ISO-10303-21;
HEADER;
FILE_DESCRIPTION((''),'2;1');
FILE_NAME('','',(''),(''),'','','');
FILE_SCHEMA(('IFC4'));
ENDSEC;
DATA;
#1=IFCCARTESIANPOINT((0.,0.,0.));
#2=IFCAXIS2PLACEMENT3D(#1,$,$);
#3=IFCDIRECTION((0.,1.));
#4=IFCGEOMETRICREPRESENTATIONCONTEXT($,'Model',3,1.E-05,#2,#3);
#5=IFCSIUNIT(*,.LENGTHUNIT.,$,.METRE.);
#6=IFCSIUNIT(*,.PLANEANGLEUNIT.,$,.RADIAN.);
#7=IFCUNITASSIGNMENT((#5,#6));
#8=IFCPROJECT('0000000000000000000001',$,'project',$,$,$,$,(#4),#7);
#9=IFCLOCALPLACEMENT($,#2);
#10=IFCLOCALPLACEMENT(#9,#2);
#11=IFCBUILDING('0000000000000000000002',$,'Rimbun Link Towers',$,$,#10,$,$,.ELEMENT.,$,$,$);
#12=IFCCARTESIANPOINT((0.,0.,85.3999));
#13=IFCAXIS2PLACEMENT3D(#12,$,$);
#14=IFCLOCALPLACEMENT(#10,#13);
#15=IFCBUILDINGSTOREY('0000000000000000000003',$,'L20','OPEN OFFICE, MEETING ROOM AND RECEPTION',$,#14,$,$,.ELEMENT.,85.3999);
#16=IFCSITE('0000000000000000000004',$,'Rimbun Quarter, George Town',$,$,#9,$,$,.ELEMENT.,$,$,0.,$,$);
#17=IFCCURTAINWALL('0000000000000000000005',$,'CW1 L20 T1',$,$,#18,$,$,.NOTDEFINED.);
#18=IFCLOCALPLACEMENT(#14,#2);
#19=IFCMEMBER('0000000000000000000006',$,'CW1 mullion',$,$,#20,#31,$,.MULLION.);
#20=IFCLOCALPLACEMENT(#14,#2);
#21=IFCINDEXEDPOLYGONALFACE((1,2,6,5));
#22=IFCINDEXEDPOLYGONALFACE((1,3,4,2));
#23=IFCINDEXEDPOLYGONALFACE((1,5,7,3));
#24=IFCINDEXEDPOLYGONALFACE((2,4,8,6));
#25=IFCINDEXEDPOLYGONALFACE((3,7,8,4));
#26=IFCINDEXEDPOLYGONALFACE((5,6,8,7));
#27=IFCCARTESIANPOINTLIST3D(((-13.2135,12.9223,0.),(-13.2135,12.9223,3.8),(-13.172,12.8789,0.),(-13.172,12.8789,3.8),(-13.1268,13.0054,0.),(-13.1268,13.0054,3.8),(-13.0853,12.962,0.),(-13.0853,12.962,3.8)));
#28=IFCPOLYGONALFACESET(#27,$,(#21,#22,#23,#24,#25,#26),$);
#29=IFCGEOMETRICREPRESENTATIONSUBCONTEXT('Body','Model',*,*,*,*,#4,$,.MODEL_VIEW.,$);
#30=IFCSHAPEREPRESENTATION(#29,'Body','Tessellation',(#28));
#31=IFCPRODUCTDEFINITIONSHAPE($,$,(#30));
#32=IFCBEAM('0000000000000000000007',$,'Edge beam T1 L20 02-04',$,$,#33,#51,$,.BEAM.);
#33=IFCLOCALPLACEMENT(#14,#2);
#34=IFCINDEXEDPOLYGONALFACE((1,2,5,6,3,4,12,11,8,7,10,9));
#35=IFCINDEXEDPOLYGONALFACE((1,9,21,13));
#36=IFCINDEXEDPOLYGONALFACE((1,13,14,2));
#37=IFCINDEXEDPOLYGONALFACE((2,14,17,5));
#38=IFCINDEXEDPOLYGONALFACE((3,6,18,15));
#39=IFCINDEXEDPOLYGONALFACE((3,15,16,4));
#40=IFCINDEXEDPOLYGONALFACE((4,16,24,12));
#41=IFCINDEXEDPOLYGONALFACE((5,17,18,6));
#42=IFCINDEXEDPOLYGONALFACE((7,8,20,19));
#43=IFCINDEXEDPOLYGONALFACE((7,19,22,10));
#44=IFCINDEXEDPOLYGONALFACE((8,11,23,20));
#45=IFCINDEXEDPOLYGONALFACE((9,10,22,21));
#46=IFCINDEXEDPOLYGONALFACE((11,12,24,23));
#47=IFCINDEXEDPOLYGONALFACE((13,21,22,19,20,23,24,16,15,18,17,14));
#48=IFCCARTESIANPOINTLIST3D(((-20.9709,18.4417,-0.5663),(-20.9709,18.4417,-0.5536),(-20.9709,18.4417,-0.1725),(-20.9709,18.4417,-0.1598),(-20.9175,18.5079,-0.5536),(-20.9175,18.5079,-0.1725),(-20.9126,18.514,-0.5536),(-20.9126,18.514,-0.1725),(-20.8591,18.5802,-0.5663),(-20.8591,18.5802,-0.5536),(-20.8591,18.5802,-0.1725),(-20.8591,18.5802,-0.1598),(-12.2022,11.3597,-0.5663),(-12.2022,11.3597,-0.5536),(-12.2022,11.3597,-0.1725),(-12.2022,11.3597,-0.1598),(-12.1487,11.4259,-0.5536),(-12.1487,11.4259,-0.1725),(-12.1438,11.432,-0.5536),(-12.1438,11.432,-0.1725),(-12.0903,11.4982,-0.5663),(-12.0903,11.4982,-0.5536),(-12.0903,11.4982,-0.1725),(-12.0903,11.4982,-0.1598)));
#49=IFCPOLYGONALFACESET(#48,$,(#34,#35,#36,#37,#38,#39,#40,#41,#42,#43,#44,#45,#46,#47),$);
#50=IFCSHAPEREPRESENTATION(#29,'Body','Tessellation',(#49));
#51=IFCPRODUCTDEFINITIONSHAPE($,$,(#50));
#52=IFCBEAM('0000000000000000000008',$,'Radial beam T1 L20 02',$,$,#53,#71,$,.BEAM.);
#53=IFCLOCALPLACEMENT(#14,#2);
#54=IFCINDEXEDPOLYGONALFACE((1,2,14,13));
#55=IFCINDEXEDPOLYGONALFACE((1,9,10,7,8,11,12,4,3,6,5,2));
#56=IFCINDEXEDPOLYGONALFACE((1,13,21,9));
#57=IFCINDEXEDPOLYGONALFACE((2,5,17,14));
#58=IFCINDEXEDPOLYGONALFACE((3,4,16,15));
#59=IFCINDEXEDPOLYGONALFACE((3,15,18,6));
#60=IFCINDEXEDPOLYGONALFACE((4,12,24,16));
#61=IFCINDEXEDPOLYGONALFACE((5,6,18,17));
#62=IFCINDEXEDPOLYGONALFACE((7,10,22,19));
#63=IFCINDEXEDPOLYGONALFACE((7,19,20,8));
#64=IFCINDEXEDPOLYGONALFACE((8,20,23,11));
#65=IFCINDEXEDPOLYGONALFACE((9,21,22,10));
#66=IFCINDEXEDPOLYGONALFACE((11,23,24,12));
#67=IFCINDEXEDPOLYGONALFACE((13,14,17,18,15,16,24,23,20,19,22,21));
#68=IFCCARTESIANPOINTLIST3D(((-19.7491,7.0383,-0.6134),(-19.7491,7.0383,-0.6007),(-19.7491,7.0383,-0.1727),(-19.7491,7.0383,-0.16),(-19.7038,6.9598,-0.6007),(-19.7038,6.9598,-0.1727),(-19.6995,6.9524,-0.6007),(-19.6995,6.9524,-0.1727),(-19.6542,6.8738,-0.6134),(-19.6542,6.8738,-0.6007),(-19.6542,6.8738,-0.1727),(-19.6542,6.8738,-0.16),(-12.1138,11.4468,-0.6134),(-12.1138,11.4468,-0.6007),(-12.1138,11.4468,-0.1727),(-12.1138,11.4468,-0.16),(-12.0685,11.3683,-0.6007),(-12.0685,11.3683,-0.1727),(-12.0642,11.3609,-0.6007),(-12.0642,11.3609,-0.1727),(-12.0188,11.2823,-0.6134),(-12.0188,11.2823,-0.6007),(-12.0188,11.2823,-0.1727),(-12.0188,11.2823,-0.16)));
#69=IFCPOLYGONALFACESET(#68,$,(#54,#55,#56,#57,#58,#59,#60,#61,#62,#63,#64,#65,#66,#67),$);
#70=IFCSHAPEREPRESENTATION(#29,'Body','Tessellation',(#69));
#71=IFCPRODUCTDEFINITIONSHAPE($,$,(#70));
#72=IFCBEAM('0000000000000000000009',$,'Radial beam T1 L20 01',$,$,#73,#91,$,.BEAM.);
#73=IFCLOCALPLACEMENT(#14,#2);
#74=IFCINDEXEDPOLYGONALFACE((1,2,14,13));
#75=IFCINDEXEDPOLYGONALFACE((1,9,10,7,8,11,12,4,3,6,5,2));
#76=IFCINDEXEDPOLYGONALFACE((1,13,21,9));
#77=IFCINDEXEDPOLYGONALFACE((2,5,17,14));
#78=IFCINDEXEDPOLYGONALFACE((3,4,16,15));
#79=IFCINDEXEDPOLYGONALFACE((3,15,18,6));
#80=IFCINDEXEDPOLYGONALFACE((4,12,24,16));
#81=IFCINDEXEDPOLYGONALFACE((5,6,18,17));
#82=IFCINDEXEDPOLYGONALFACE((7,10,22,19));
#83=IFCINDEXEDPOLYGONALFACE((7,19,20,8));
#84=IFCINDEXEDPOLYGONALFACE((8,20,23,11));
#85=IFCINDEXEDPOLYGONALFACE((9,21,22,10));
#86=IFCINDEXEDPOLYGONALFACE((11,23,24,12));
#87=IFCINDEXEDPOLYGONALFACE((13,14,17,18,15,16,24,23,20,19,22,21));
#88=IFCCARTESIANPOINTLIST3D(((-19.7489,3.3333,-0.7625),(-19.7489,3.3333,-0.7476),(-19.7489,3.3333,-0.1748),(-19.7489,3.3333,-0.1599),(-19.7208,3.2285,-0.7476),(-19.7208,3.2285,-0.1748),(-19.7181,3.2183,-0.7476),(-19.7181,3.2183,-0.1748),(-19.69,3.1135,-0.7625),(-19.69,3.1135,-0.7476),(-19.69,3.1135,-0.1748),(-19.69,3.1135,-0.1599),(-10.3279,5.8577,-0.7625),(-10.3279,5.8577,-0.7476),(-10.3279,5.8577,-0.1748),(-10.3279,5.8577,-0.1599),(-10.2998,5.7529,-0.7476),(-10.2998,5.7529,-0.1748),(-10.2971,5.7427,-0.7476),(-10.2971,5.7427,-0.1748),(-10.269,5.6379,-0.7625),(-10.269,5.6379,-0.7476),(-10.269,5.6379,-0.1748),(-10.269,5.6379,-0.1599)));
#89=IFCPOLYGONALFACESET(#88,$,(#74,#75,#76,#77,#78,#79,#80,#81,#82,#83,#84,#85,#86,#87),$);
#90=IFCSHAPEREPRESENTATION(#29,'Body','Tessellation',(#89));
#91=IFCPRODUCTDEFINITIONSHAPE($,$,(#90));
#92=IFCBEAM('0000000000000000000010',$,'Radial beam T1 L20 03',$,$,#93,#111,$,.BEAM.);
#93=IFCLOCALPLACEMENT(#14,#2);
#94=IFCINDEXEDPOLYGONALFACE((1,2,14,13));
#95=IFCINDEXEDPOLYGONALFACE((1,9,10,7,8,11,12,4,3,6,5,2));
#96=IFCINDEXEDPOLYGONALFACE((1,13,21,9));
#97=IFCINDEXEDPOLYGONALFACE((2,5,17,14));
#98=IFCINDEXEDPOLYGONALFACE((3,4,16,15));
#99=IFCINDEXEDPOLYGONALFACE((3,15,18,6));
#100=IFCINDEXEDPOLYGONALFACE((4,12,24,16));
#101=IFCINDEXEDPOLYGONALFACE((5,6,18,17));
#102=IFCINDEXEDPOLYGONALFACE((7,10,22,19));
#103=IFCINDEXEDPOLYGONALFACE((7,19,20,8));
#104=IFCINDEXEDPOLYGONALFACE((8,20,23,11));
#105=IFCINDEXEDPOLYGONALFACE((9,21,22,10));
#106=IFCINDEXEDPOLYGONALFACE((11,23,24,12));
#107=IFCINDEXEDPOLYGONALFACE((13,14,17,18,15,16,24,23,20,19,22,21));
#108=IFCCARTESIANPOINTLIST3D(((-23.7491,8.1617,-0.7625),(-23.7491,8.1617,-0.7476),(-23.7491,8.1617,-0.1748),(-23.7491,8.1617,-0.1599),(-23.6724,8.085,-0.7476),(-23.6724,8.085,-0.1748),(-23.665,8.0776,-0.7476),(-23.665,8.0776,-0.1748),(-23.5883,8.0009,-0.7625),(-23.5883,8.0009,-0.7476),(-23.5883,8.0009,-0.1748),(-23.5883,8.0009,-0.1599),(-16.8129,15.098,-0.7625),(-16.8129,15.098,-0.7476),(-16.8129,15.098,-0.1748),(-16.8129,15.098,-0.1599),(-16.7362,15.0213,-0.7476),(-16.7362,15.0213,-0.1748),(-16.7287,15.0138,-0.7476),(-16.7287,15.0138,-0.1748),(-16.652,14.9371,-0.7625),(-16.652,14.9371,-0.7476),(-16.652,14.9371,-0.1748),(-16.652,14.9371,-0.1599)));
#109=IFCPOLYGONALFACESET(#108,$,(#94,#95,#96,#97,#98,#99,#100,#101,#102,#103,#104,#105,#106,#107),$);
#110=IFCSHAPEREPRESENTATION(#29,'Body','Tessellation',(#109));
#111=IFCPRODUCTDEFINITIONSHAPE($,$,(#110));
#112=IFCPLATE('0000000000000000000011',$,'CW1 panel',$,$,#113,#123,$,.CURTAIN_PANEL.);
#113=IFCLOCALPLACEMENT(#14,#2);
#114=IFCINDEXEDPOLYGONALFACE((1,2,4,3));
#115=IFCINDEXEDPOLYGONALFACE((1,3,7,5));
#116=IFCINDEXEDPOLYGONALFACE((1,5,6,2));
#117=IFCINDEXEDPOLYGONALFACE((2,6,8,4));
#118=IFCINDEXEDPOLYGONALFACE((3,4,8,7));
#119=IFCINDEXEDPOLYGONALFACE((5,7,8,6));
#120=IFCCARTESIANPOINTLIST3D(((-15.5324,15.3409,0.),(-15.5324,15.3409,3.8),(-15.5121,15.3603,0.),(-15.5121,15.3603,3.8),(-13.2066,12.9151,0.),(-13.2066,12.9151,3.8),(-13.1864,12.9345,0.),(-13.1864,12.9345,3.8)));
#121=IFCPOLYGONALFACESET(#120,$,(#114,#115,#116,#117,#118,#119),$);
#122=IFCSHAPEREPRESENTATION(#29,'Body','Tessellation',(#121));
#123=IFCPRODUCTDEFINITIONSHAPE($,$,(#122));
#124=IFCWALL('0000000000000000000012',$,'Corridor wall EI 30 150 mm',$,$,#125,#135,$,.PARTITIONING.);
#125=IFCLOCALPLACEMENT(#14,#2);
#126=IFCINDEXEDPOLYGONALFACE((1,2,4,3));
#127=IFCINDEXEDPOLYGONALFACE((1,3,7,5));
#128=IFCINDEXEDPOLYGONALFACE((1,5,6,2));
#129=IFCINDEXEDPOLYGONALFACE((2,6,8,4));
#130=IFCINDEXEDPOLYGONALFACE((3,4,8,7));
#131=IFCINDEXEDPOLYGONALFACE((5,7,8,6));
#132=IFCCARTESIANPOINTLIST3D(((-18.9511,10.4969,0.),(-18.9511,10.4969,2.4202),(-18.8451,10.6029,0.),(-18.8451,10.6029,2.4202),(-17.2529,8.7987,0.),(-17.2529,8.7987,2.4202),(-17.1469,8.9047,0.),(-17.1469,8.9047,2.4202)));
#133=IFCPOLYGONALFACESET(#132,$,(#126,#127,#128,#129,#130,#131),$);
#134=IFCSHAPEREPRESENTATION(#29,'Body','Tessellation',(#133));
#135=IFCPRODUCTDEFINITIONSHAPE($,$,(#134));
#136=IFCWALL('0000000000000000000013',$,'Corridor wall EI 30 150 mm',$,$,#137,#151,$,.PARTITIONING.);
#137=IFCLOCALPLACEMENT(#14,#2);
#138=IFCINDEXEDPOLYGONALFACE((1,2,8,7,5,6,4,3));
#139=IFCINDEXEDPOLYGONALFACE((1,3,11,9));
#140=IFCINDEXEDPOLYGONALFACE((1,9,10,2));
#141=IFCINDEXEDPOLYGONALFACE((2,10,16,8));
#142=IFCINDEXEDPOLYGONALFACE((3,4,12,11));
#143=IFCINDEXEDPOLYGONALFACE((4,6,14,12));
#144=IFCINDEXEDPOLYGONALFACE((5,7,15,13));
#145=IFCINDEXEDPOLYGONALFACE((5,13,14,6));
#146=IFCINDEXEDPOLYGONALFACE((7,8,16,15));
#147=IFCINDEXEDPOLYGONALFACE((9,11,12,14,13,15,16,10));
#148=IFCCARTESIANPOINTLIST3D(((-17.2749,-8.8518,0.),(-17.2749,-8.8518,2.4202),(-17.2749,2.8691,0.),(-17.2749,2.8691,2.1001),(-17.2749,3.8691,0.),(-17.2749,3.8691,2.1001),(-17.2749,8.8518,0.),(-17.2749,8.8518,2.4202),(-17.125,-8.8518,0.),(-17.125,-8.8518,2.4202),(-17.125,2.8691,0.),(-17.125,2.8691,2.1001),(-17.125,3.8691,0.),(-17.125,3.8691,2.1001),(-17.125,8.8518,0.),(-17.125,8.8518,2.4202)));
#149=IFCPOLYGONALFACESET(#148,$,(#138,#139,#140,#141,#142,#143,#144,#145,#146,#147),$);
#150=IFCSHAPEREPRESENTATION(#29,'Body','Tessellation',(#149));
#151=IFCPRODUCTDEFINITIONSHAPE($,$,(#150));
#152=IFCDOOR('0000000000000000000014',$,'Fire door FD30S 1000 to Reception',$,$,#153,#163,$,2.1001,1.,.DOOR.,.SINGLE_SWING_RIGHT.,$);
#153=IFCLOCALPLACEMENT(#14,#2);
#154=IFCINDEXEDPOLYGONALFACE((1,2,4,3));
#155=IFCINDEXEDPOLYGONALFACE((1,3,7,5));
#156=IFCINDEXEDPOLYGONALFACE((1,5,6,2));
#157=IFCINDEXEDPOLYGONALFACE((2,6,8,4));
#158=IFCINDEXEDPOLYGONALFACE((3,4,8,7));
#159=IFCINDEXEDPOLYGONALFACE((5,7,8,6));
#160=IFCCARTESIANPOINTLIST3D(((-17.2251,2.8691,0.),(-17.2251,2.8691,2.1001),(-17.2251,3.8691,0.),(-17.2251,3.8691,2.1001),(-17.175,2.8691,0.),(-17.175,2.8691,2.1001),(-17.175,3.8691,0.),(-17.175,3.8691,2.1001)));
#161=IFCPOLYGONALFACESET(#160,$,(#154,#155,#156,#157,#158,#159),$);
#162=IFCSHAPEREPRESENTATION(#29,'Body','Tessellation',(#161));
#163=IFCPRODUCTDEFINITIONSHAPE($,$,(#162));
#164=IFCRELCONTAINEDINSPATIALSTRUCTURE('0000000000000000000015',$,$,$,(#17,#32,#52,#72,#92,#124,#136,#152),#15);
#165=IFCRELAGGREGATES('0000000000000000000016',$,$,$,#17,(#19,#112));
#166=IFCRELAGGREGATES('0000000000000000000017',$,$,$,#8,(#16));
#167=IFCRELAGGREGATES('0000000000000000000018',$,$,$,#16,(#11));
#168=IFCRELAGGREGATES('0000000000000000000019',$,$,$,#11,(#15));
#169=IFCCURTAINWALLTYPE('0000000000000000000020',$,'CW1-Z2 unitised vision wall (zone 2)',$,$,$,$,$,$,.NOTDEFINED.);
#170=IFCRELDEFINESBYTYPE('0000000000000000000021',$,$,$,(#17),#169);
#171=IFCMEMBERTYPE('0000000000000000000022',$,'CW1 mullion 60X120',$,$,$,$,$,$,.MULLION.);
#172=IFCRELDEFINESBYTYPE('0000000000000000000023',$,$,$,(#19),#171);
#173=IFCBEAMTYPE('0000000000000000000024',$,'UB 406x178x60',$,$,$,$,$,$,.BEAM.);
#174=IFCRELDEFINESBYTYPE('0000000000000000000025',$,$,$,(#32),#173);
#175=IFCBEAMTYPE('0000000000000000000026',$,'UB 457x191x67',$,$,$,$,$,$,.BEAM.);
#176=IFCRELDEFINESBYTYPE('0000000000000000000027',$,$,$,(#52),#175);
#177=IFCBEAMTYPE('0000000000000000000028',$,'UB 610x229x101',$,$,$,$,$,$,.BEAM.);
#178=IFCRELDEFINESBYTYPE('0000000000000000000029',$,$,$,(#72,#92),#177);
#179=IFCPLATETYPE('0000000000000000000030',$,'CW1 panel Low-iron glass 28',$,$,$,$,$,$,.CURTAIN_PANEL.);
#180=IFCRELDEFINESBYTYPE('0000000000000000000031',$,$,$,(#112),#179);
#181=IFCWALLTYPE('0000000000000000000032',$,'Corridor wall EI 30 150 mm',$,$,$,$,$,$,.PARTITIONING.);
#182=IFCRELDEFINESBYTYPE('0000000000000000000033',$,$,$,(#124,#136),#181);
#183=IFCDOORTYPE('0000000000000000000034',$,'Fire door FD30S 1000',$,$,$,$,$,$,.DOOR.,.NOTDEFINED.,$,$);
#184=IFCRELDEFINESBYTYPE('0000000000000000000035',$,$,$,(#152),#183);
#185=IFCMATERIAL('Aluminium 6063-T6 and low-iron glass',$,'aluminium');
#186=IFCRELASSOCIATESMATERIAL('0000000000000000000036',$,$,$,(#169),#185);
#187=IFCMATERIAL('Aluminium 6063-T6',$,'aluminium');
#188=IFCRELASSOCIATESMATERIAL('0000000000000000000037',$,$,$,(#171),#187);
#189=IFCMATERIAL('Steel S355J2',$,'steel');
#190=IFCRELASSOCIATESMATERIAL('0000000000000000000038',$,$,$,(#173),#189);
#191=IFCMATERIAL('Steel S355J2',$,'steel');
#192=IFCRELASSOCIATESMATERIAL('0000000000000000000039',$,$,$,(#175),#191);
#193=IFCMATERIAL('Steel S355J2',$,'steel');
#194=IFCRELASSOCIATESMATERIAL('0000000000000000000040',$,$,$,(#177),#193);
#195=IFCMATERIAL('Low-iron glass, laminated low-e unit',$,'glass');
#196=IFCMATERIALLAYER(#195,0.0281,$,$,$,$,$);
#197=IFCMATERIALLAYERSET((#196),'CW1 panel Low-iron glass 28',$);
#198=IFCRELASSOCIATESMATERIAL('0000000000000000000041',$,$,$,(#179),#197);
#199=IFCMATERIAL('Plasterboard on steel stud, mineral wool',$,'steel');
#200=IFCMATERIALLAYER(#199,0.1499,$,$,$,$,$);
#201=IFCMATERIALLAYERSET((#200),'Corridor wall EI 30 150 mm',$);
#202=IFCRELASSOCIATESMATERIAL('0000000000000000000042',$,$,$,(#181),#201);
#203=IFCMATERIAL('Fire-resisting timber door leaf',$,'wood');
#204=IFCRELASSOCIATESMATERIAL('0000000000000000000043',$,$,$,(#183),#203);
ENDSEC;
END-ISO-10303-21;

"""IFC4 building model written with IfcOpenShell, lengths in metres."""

from ifc_helpers import new_model, si_unit, direction, frame, frame_2d, origin, origin_2d, place, context, subcontext, project, spatial, rectangle, i_section, extrude, material, layer, layer_set, material_profile, profile_set, type_object, element, fill, aggregate, save


model = new_model("IFC4")

# Units and contexts
model_context = context("Model", 3, precision=1e-05, world=origin(), true_north=direction((0.0, 1.0)))
body_context = subcontext(model_context, "Body", "Model", "MODEL_VIEW")
ifc_project = project(units=[si_unit("LENGTHUNIT", "METRE"), si_unit("PLANEANGLEUNIT", "RADIAN")], contexts=[model_context])

# Site, building, storey
site_placement = place(None, origin())
site = spatial("IfcSite", under=ifc_project, at=site_placement, Name="Rimbun Quarter, George Town", CompositionType="ELEMENT", RefElevation=0.0)
building_placement = place(site_placement, origin())
building = spatial("IfcBuilding", under=site, at=building_placement, Name="Rimbun Link Towers", CompositionType="ELEMENT")
storey_placement = place(building_placement, frame((0.0, 0.0, 85.3999)))
storey = spatial("IfcBuildingStorey", under=building, at=storey_placement, Name="L20", Description="OPEN OFFICE, MEETING ROOM AND RECEPTION", CompositionType="ELEMENT", Elevation=85.3999)

# Curtain wall, member
ifc_material_1 = material(Name="Aluminium 6063-T6 and low-iron glass", Category="aluminium")
curtain_wall_type = type_object("IfcCurtainWallType", Name="CW1-Z2 unitised vision wall (zone 2)", PredefinedType="NOTDEFINED", material=ifc_material_1)
curtain_wall_placement = place(storey_placement, origin())
curtain_wall = element("IfcCurtainWall", 1, at=curtain_wall_placement, inside=storey, type_object=curtain_wall_type, Name="CW1 L20 T1", PredefinedType="NOTDEFINED")
ifc_material_2 = material(Name="Aluminium 6063-T6", Category="aluminium")
ifc_material_profile_1 = material_profile(ifc_material_2, rectangle(XDim=0.1201, YDim=0.0601, at=origin_2d()), Name="MULLION 60X120")
ifc_profile_set_1 = profile_set([ifc_material_profile_1], Name="Aluminium 6063-T6")
member_type_1 = type_object("IfcMemberType", Name="CW1 mullion 60X120", PredefinedType="MULLION", material=ifc_profile_set_1)
member_1_placement = place(storey_placement, frame((-13.1494, 12.9421, 0.0), z_axis=(0.0, 0.0, 1.0), x_axis=(0.721839, 0.692061, 0.0)))
member_1 = element("IfcMember", 2, at=member_1_placement, type_object=member_type_1, Name="CW1 mullion", PredefinedType="MULLION", context=body_context, shape_type="SweptSolid", body=[
    extrude(rectangle(XDim=0.1201, YDim=0.0601, at=origin_2d()), origin(), (0.0, 0.0, 1.0), 3.8),
])

# Beams
ifc_material_3 = material(Name="Steel S355J2", Category="steel")
ifc_material_profile_2 = material_profile(ifc_material_3, i_section(OverallWidth=0.178, OverallDepth=0.4065, WebThickness=0.0078, FlangeThickness=0.0127, at=origin_2d()), Name="UB 406x178x60")
ifc_profile_set_2 = profile_set([ifc_material_profile_2], Name="Steel S355J2")
beam_type_1 = type_object("IfcBeamType", Name="UB 406x178x60", PredefinedType="BEAM", material=ifc_profile_set_2)
beam_1_placement = place(storey_placement, frame((-12.1462, 11.429, -0.363), z_axis=(-0.777961, 0.628312, 0.0), x_axis=(-0.628312, -0.777961, 0.0)))
element("IfcBeam", 3, at=beam_1_placement, inside=storey, type_object=beam_type_1, Name="Edge beam T1 L20 02-04", PredefinedType="BEAM", context=body_context, shape_type="SweptSolid", body=[
    extrude(i_section(OverallWidth=0.178, OverallDepth=0.4065, WebThickness=0.0078, FlangeThickness=0.0127, at=origin_2d()), origin(), (0.0, 0.0, 1.0), 11.2715),
])
ifc_material_4 = material(Name="Steel S355J2", Category="steel")
ifc_material_profile_3 = material_profile(ifc_material_4, i_section(OverallWidth=0.1899, OverallDepth=0.4534, WebThickness=0.0085, FlangeThickness=0.0127, at=origin_2d()), Name="UB 457x191x67")
ifc_profile_set_3 = profile_set([ifc_material_profile_3], Name="Steel S355J2")
beam_type_2 = type_object("IfcBeamType", Name="UB 457x191x67", PredefinedType="BEAM", material=ifc_profile_set_3)
beam_2_placement = place(storey_placement, frame((-19.7017, 6.9561, -0.3867), z_axis=(0.866014, 0.50002, 0.0), x_axis=(-0.50002, 0.866014, 0.0)))
element("IfcBeam", 4, at=beam_2_placement, inside=storey, type_object=beam_type_2, Name="Radial beam T1 L20 02", PredefinedType="BEAM", context=body_context, shape_type="SweptSolid", body=[
    extrude(i_section(OverallWidth=0.1899, OverallDepth=0.4534, WebThickness=0.0085, FlangeThickness=0.0127, at=origin_2d()), origin(), (0.0, 0.0, 1.0), 8.8167),
])
ifc_material_5 = material(Name="Steel S355J2", Category="steel")
ifc_material_profile_4 = material_profile(ifc_material_5, i_section(OverallWidth=0.2275, OverallDepth=0.6025, WebThickness=0.0105, FlangeThickness=0.0149, at=origin_2d()), Name="UB 610x229x101")
ifc_profile_set_4 = profile_set([ifc_material_profile_4], Name="Steel S355J2")
beam_type_3 = type_object("IfcBeamType", Name="UB 610x229x101", PredefinedType="BEAM", material=ifc_profile_set_4)
beam_3_placement = place(storey_placement, frame((-19.7195, 3.2234, -0.4612), z_axis=(0.965925, 0.258822, 0.0), x_axis=(-0.258822, 0.965925, 0.0)))
element("IfcBeam", 5, at=beam_3_placement, inside=storey, type_object=beam_type_3, Name="Radial beam T1 L20 01", PredefinedType="BEAM", context=body_context, shape_type="SweptSolid", body=[
    extrude(i_section(OverallWidth=0.2275, OverallDepth=0.6025, WebThickness=0.0105, FlangeThickness=0.0149, at=origin_2d()), origin(), (0.0, 0.0, 1.0), 9.7534),
])
beam_4_placement = place(storey_placement, frame((-23.6687, 8.0813, -0.4612), z_axis=(0.707107, 0.707107, 0.0), x_axis=(-0.707107, 0.707107, 0.0)))
element("IfcBeam", 6, at=beam_4_placement, inside=storey, type_object=beam_type_3, Name="Radial beam T1 L20 03", PredefinedType="BEAM", context=body_context, shape_type="SweptSolid", body=[
    extrude(i_section(OverallWidth=0.2275, OverallDepth=0.6025, WebThickness=0.0105, FlangeThickness=0.0149, at=origin_2d()), origin(), (0.0, 0.0, 1.0), 9.8093),
])

# Plate
ifc_material_6 = material(Name="Low-iron glass, laminated low-e unit", Category="glass")
ifc_layer_1 = layer(ifc_material_6, 0.0281)
ifc_layer_set_1 = layer_set([ifc_layer_1], Name="CW1 panel Low-iron glass 28")
plate_type = type_object("IfcPlateType", Name="CW1 panel Low-iron glass 28", PredefinedType="CURTAIN_PANEL", material=ifc_layer_set_1)
plate_placement = place(storey_placement, frame((-14.3594, 14.1377, 0.0), z_axis=(0.0, 0.0, 1.0), x_axis=(0.692061, -0.721839, 0.0)))
plate = element("IfcPlate", 7, at=plate_placement, type_object=plate_type, Name="CW1 panel", PredefinedType="CURTAIN_PANEL", context=body_context, shape_type="SweptSolid", body=[
    extrude(rectangle(XDim=3.3606, YDim=0.0281, at=origin_2d()), origin(), (0.0, 0.0, 1.0), 3.8),
])
aggregate(curtain_wall, [member_1, plate])

# Wall
ifc_material_7 = material(Name="Plasterboard on steel stud, mineral wool", Category="steel")
ifc_layer_2 = layer(ifc_material_7, 0.1499)
ifc_layer_set_2 = layer_set([ifc_layer_2], Name="Corridor wall EI 30 150 mm")
wall_type_1 = type_object("IfcWallType", Name="Corridor wall EI 30 150 mm", PredefinedType="PARTITIONING", material=ifc_layer_set_2)
wall_1_placement = place(storey_placement, frame((-17.2, 8.8518, 0.0), z_axis=(0.0, 0.0, 1.0), x_axis=(-0.707107, 0.707107, 0.0)))
element("IfcWall", 8, at=wall_1_placement, inside=storey, type_object=wall_type_1, Name="Corridor wall EI 30 150 mm", PredefinedType="PARTITIONING", context=body_context, shape_type="SweptSolid", body=[
    extrude(rectangle(XDim=2.4016, YDim=0.1499, at=frame_2d((1.2007, 0.0))), origin(), (0.0, 0.0, 1.0), 2.4202),
])

# Wall, opening, door
wall_2_placement = place(storey_placement, frame((-17.2, 8.8518, 0.0), z_axis=(0.0, 0.0, 1.0), x_axis=(0.0, -1.0, 0.0)))
wall_2 = element("IfcWall", 9, at=wall_2_placement, inside=storey, type_object=wall_type_1, Name="Corridor wall EI 30 150 mm", PredefinedType="PARTITIONING", context=body_context, shape_type="SweptSolid", body=[
    extrude(rectangle(XDim=17.7036, YDim=0.1499, at=frame_2d((8.8518, 0.0))), origin(), (0.0, 0.0, 1.0), 2.4202),
])
opening_1_placement = place(wall_2_placement, frame((4.9827, 0.0, 0.0)))
opening_1 = element("IfcOpeningElement", 10, at=opening_1_placement, cuts=wall_2, PredefinedType="OPENING", context=body_context, shape_type="SweptSolid", body=[
    extrude(rectangle(XDim=1.0, YDim=2.1001, at=frame_2d((0.5, 1.05))), frame((0.0, 0.085, 0.0), z_axis=(0.0, -1.0, 0.0), x_axis=(1.0, 0.0, 0.0)), (0.0, 0.0, 1.0), 0.1699),
])
ifc_material_8 = material(Name="Fire-resisting timber door leaf", Category="wood")
door_type_1 = type_object("IfcDoorType", Name="Fire door FD30S 1000", OperationType="NOTDEFINED", PredefinedType="DOOR", material=ifc_material_8)
door_1_placement = place(opening_1_placement, origin())
door_1 = element("IfcDoor", 11, at=door_1_placement, inside=storey, type_object=door_type_1, Name="Fire door FD30S 1000 to Reception", OperationType="SINGLE_SWING_RIGHT", OverallHeight=2.1001, OverallWidth=1.0, PredefinedType="DOOR", context=body_context, shape_type="SweptSolid", body=[
    extrude(rectangle(XDim=1.0, YDim=2.1001, at=frame_2d((0.5, 1.05))), frame((0.0, 0.0249, 0.0), z_axis=(0.0, -1.0, 0.0), x_axis=(1.0, 0.0, 0.0)), (0.0, 0.0, 1.0), 0.05),
])
fill(opening_1, door_1)

save(model, "model.ifc")
